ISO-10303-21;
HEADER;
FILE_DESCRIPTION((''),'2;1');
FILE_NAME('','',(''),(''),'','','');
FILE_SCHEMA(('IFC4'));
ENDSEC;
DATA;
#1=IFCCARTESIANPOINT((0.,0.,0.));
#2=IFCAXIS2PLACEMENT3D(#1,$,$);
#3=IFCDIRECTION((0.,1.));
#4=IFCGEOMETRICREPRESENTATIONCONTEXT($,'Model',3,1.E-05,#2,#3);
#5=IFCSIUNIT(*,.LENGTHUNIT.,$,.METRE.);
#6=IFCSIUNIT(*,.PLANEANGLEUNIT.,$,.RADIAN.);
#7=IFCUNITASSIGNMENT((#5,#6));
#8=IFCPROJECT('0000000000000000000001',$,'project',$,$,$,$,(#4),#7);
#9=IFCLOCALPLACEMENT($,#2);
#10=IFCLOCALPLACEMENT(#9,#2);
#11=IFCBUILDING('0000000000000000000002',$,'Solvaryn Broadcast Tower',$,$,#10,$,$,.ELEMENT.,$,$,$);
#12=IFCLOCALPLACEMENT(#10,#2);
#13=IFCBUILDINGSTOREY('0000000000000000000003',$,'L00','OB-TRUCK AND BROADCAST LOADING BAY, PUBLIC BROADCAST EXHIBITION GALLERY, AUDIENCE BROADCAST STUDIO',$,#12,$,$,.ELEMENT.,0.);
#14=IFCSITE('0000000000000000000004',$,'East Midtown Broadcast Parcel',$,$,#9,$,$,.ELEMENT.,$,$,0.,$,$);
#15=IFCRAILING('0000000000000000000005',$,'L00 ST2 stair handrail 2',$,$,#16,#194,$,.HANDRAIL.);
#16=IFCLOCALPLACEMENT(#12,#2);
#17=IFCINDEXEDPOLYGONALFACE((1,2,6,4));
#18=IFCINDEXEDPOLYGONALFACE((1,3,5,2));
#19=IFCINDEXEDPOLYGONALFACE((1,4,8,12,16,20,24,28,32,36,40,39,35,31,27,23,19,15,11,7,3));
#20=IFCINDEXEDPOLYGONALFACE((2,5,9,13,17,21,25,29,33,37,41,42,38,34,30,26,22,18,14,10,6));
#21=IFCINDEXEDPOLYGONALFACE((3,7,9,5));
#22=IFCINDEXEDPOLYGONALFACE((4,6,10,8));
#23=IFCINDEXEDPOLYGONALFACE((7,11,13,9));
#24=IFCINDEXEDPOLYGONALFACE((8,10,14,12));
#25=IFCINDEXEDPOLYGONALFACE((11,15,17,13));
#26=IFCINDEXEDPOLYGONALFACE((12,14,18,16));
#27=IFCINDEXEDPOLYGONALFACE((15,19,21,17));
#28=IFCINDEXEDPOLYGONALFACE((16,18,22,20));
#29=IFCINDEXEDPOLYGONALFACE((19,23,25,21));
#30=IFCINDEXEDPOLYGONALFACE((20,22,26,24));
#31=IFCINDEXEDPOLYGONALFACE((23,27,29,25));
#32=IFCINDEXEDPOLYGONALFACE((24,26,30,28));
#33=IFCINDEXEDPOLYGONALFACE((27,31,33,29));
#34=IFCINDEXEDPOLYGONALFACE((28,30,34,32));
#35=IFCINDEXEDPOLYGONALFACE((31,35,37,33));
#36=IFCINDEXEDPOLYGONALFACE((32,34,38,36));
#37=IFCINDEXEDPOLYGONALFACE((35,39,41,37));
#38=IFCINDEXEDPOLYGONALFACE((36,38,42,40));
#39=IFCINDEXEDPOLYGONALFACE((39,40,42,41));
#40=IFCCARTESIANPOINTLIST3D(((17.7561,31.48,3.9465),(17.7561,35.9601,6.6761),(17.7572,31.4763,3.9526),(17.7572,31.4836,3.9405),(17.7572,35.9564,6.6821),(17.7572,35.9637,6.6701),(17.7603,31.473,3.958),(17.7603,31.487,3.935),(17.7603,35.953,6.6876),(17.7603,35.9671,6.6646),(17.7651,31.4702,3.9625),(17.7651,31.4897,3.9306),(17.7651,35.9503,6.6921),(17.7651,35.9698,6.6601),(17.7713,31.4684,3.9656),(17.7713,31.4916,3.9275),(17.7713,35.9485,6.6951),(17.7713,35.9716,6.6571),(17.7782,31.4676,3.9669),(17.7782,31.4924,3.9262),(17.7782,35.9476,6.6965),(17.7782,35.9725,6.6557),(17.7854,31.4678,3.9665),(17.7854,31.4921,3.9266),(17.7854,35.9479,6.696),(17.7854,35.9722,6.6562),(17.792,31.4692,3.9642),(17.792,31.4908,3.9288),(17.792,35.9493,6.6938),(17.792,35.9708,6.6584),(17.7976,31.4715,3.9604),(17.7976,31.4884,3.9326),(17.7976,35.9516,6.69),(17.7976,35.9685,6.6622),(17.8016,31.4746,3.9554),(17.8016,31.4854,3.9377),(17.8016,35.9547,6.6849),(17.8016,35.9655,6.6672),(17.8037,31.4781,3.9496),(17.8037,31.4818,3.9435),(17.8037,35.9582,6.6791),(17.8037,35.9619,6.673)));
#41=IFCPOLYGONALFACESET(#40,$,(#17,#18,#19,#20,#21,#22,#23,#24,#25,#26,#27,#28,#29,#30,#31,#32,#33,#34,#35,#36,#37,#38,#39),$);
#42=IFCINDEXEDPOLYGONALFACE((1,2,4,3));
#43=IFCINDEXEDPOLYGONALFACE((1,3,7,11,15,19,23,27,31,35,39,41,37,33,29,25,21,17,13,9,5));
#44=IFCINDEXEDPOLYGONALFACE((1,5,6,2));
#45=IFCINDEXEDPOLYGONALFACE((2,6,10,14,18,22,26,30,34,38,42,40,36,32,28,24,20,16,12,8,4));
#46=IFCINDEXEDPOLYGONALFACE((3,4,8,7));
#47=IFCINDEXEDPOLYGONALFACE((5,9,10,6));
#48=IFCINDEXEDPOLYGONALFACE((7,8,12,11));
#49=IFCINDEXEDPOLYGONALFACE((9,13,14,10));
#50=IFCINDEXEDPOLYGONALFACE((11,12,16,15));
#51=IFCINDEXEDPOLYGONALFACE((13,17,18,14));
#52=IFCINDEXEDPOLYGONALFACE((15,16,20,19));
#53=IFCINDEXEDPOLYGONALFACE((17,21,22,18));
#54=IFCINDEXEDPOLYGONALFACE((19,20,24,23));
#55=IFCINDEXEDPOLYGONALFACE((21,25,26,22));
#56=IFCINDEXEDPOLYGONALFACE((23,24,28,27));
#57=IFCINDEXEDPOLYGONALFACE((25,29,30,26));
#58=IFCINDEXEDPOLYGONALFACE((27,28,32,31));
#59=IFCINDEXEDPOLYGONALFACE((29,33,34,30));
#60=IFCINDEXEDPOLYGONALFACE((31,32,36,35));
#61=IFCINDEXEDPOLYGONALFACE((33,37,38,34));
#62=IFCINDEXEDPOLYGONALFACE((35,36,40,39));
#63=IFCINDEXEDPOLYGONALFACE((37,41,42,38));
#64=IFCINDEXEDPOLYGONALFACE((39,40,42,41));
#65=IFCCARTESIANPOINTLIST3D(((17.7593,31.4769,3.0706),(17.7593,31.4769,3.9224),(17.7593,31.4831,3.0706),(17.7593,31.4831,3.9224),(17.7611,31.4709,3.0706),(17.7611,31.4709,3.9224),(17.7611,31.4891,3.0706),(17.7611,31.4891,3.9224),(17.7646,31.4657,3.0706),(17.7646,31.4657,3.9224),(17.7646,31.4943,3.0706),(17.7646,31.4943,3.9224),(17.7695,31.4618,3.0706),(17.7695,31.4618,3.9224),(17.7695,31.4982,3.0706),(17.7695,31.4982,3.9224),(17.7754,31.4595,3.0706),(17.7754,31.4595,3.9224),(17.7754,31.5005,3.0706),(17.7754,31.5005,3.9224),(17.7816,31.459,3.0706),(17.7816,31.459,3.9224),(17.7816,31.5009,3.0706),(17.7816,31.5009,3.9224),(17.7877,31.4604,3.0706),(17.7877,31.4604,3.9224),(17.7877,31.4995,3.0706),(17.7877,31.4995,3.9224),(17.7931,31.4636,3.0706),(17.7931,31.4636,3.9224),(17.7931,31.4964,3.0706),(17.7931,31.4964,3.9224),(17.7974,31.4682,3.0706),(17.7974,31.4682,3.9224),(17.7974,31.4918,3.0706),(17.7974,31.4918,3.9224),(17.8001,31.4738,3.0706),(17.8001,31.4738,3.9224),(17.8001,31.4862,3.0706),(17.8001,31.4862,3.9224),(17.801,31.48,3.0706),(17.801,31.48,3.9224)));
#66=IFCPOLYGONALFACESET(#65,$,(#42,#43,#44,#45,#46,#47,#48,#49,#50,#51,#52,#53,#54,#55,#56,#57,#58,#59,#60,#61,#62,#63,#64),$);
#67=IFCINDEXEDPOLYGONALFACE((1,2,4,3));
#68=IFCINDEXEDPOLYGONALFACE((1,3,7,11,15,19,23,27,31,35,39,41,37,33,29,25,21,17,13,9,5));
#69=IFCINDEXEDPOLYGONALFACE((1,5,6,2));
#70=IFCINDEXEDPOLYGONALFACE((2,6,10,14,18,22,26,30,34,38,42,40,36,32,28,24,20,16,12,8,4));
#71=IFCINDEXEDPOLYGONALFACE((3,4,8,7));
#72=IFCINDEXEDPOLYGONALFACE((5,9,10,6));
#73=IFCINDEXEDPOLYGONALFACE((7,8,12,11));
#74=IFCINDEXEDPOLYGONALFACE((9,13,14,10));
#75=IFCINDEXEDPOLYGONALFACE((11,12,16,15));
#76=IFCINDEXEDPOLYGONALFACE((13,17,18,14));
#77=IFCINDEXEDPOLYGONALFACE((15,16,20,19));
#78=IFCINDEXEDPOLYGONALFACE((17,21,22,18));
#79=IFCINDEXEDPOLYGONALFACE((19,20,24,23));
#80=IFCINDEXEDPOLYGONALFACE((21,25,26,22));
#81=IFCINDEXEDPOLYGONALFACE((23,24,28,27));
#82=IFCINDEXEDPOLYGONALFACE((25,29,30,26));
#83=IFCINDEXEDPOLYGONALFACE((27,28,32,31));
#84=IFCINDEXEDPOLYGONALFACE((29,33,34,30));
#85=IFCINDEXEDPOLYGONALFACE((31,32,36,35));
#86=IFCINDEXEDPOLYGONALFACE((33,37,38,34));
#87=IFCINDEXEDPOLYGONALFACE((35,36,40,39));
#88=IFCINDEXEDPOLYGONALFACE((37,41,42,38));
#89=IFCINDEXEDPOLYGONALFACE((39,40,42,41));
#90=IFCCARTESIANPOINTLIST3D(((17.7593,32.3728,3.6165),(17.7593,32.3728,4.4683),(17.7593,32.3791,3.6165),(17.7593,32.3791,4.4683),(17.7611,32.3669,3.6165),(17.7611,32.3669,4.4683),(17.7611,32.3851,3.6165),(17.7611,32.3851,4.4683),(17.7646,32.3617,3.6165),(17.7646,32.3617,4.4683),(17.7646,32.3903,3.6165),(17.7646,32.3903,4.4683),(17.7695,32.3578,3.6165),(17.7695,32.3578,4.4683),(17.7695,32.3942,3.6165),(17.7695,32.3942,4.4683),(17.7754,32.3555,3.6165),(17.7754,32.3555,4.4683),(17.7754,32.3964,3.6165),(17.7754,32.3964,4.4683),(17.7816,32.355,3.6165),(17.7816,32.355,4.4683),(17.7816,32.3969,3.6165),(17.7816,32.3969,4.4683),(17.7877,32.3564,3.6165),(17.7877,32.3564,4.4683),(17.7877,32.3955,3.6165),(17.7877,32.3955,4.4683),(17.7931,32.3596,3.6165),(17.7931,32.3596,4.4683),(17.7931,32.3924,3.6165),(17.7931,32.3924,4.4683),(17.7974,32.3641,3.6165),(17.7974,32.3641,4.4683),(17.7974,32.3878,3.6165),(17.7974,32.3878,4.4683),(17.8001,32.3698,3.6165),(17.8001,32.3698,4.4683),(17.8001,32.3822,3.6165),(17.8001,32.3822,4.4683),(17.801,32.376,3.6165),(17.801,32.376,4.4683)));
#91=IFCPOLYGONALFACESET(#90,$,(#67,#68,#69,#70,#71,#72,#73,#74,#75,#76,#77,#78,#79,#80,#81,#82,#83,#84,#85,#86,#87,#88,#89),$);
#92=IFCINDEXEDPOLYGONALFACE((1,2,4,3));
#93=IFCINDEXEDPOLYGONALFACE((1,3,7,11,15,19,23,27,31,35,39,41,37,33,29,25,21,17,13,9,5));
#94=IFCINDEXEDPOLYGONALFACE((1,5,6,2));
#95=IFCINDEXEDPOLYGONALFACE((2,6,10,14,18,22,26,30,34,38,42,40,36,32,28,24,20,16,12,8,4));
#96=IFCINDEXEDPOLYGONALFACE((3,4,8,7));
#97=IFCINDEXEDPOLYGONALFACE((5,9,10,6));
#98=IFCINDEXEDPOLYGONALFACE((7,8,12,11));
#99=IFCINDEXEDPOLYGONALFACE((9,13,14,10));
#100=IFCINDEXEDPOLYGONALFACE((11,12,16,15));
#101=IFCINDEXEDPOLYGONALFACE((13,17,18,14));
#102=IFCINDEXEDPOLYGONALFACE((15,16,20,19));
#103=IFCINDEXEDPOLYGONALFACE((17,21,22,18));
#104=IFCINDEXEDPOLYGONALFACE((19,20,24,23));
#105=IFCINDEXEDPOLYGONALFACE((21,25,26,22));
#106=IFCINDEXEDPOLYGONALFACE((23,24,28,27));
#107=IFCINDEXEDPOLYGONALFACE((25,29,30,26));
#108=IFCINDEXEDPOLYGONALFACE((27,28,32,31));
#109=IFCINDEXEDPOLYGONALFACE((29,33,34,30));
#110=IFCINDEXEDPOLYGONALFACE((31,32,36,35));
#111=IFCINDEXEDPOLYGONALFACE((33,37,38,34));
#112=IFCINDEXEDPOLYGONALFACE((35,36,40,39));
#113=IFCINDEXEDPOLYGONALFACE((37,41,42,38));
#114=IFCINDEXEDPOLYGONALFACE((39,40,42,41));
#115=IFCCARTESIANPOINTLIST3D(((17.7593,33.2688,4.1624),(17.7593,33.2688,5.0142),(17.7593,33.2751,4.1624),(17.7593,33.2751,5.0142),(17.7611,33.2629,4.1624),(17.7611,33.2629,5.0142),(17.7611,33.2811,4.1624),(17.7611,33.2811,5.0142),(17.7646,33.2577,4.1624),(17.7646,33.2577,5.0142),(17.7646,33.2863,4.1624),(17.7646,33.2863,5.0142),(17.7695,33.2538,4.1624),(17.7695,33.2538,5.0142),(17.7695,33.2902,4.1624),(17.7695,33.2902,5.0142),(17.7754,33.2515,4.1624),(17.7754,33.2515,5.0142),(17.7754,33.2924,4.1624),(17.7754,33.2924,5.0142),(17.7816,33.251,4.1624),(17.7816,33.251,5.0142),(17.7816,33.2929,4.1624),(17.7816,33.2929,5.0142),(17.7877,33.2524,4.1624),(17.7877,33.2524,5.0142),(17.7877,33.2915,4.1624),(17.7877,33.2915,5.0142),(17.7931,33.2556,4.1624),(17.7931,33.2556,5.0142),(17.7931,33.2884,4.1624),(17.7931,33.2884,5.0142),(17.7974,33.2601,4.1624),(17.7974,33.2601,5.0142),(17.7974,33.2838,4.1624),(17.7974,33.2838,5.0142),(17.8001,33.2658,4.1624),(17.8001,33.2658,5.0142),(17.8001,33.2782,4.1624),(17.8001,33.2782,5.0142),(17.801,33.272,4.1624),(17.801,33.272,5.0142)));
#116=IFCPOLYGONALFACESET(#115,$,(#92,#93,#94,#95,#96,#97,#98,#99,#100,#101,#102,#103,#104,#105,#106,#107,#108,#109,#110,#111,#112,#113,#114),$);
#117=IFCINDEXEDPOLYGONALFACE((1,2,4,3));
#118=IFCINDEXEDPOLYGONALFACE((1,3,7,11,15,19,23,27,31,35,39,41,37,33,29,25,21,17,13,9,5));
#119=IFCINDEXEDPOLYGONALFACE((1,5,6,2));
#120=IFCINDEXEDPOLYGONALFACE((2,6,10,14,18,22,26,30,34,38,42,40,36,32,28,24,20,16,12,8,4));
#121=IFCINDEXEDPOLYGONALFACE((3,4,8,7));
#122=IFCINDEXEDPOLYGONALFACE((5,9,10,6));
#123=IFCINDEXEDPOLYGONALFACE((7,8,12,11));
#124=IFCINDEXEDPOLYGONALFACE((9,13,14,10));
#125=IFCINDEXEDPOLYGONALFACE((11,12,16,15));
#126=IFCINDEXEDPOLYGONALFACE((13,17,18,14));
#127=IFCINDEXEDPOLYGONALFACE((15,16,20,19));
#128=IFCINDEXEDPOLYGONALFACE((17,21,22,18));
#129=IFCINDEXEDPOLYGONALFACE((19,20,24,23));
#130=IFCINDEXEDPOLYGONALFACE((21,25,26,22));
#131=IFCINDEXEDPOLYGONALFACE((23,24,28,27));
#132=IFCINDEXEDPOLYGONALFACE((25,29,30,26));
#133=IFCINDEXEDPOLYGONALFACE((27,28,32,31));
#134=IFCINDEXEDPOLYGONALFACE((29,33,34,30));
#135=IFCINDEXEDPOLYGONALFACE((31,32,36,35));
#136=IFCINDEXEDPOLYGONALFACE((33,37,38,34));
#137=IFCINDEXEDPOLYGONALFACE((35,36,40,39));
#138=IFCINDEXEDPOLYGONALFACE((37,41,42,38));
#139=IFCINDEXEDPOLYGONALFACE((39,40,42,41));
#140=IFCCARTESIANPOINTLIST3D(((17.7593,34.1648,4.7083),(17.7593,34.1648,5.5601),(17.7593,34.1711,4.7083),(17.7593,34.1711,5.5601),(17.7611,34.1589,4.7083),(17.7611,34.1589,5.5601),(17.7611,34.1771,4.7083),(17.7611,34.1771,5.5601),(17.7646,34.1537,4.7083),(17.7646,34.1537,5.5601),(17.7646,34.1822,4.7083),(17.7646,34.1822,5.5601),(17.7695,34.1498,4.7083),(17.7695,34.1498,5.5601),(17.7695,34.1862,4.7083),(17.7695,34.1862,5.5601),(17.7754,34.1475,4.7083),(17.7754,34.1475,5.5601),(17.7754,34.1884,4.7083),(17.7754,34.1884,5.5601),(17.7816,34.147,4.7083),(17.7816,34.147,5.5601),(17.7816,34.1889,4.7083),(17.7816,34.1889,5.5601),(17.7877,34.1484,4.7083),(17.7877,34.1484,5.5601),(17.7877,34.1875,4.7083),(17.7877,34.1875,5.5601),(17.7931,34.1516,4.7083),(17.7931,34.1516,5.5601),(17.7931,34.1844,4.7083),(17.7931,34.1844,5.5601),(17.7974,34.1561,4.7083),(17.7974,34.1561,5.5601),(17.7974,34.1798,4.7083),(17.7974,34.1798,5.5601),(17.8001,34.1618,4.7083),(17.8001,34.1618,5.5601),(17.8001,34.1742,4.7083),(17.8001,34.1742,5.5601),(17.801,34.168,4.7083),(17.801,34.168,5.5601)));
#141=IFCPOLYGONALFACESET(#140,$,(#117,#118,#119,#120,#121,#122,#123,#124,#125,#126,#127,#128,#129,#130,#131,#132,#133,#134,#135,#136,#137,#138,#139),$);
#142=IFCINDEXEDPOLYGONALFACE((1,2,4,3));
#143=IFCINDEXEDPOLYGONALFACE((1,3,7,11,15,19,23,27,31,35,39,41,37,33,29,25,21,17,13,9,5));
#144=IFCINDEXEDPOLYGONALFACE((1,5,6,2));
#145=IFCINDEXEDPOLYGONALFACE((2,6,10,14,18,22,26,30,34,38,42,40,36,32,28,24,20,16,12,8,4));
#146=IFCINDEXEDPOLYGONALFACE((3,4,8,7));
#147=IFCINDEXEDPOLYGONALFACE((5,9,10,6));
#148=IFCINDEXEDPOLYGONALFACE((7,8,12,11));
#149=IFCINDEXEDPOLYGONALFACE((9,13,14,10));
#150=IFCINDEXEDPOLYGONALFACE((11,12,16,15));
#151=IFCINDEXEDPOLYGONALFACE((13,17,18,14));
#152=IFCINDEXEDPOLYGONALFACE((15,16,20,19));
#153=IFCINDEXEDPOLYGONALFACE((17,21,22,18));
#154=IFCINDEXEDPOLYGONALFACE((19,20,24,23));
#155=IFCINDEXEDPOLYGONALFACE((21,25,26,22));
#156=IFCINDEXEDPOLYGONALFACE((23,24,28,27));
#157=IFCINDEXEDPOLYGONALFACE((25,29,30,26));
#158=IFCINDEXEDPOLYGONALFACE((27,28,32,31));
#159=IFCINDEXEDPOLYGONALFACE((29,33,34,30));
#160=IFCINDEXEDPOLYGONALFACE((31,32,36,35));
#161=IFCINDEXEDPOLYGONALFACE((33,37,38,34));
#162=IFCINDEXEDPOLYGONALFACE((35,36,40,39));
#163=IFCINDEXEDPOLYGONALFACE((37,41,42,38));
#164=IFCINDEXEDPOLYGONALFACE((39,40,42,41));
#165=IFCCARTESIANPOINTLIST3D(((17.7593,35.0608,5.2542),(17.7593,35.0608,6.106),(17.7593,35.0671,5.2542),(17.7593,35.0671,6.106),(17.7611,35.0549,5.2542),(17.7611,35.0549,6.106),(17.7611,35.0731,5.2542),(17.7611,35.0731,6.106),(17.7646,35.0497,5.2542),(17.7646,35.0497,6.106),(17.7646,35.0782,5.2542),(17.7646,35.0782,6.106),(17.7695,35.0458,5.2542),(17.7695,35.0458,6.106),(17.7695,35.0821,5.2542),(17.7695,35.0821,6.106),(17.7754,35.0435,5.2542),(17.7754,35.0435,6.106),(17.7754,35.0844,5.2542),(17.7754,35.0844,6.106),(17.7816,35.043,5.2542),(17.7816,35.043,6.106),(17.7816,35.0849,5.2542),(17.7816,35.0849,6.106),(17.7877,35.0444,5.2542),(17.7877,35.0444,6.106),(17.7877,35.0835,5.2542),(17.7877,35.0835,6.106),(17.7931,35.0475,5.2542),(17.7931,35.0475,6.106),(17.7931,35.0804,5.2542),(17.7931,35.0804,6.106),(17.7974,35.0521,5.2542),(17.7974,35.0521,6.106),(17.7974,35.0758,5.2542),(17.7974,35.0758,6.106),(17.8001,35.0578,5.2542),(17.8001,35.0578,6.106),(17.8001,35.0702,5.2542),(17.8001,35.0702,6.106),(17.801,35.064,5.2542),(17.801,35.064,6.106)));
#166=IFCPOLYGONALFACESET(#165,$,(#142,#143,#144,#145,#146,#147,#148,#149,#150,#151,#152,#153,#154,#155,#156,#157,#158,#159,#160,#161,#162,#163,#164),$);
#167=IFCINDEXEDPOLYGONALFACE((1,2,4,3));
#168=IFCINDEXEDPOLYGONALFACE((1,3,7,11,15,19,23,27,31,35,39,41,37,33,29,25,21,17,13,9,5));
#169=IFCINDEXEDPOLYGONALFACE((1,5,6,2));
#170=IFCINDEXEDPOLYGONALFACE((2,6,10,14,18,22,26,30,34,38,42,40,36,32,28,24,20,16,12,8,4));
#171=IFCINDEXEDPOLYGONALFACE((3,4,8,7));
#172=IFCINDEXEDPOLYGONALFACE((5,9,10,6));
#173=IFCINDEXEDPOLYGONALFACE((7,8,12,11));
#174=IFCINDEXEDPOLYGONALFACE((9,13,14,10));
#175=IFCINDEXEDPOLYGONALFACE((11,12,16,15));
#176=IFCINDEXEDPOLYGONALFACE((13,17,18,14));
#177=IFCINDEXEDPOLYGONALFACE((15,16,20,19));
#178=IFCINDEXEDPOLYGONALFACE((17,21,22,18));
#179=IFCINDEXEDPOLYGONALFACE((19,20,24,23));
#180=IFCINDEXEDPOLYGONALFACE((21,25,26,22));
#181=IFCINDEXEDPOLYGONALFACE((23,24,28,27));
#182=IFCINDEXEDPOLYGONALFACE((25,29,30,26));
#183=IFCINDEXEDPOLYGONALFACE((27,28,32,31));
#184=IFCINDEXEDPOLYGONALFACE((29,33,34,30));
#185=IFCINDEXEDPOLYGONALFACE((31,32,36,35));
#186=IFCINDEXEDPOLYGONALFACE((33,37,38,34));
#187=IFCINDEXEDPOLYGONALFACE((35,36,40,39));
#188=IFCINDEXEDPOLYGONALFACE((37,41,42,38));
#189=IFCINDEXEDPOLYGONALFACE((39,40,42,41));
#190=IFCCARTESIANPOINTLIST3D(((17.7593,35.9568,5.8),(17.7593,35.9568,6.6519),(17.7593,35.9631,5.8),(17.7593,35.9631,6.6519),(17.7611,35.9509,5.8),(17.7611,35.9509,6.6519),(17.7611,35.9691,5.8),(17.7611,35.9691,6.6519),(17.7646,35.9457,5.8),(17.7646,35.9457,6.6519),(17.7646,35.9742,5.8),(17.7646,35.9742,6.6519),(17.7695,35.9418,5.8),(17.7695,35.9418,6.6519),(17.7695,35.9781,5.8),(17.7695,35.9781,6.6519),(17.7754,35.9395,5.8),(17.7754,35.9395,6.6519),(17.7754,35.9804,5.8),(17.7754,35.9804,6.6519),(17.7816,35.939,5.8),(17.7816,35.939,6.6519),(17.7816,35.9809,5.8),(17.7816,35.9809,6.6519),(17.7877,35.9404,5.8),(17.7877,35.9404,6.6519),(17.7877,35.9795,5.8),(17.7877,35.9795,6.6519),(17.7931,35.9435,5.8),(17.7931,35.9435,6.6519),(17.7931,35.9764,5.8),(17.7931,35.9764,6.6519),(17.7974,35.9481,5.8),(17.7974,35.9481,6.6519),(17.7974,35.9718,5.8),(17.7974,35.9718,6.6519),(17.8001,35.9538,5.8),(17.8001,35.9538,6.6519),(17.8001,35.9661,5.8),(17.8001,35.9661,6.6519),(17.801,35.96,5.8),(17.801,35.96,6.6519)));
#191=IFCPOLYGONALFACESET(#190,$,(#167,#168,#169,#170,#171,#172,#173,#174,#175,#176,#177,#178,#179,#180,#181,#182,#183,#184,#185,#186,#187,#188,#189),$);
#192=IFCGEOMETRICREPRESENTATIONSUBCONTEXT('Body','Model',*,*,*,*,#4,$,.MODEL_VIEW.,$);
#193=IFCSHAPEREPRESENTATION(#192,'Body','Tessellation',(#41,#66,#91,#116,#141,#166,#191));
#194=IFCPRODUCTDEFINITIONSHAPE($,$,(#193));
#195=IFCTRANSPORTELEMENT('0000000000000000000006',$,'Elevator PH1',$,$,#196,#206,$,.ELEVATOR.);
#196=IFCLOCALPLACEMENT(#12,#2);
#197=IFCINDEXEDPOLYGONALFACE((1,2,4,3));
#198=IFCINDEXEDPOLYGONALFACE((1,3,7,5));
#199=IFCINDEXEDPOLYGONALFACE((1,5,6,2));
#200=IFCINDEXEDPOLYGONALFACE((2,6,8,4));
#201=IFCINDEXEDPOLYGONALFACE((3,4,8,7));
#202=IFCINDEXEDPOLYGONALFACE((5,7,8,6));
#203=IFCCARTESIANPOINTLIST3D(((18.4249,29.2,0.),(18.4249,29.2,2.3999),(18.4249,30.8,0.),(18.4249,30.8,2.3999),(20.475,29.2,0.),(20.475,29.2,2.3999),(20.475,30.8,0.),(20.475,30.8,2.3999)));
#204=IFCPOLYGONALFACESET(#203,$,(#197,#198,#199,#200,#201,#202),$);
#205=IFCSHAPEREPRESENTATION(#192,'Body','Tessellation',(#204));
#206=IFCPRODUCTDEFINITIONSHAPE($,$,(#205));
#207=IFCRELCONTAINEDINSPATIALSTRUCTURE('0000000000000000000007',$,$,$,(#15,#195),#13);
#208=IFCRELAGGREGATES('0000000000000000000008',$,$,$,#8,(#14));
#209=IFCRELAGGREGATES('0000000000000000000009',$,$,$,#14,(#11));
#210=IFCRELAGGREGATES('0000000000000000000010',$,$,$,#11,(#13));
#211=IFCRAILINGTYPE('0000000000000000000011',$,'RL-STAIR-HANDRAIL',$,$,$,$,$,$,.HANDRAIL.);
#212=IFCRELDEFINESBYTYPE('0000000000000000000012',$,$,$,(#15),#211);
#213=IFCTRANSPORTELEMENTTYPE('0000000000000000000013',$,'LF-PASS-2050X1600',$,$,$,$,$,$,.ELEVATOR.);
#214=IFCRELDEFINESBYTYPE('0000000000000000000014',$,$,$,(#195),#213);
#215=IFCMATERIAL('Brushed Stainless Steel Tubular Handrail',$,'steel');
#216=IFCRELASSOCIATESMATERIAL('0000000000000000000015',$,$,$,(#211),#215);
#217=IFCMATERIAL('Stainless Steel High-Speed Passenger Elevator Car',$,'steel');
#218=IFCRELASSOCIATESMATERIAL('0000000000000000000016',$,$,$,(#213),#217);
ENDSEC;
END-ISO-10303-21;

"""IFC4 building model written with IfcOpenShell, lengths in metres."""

from ifc_helpers import new_model, si_unit, direction, frame, origin, origin_2d, place, context, subcontext, project, spatial, rectangle, circle, extrude, material, type_object, element, save


model = new_model("IFC4")

# Units and contexts
model_context = context("Model", 3, precision=1e-05, world=origin(), true_north=direction((0.0, 1.0)))
body_context = subcontext(model_context, "Body", "Model", "MODEL_VIEW")
ifc_project = project(units=[si_unit("LENGTHUNIT", "METRE"), si_unit("PLANEANGLEUNIT", "RADIAN")], contexts=[model_context])

# Site, building, storey
site_placement = place(None, origin())
site = spatial("IfcSite", under=ifc_project, at=site_placement, Name="East Midtown Broadcast Parcel", CompositionType="ELEMENT", RefElevation=0.0)
building_placement = place(site_placement, origin())
building = spatial("IfcBuilding", under=site, at=building_placement, Name="Solvaryn Broadcast Tower", CompositionType="ELEMENT")
storey_placement = place(building_placement, origin())
storey = spatial("IfcBuildingStorey", under=building, at=storey_placement, Name="L00", Description="OB-TRUCK AND BROADCAST LOADING BAY, PUBLIC BROADCAST EXHIBITION GALLERY, AUDIENCE BROADCAST STUDIO", CompositionType="ELEMENT", Elevation=0.0)

# Railing
ifc_material_1 = material(Name="Brushed Stainless Steel Tubular Handrail", Category="steel")
railing_type_1 = type_object("IfcRailingType", Name="RL-STAIR-HANDRAIL", PredefinedType="HANDRAIL", material=ifc_material_1)
for number, where, name in (
    (1, (17.78, 31.48, 3.0706), "L00 ST2 stair handrail 2"),
):
    element("IfcRailing", number, at=place(storey_placement, frame(where)), inside=storey, type_object=railing_type_1, Name=name, PredefinedType="HANDRAIL", context=body_context, shape_type="SweptSolid", body=[
        extrude(circle(Radius=0.0239, at=origin_2d()), frame((0.0, 0.0, 0.876), z_axis=(0.0, 0.853983, 0.520301), x_axis=(-1.0, 0.0, 0.0)), (0.0, 0.0, 1.0), 5.2461),
        extrude(circle(Radius=0.021, at=origin_2d()), origin(), (0.0, 0.0, 1.0), 0.8518),
        extrude(circle(Radius=0.021, at=origin_2d()), frame((0.0, 0.896, 0.5459)), (0.0, 0.0, 1.0), 0.8518),
        extrude(circle(Radius=0.021, at=origin_2d()), frame((0.0, 1.792, 1.0918)), (0.0, 0.0, 1.0), 0.8518),
        extrude(circle(Radius=0.021, at=origin_2d()), frame((0.0, 2.688, 1.6377)), (0.0, 0.0, 1.0), 0.8518),
        extrude(circle(Radius=0.021, at=origin_2d()), frame((0.0, 3.584, 2.1836)), (0.0, 0.0, 1.0), 0.8518),
        extrude(circle(Radius=0.021, at=origin_2d()), frame((0.0, 4.48, 2.7295)), (0.0, 0.0, 1.0), 0.8518),
    ])

# Transport element
ifc_material_2 = material(Name="Stainless Steel High-Speed Passenger Elevator Car", Category="steel")
transport_element_type = type_object("IfcTransportElementType", Name="LF-PASS-2050X1600", PredefinedType="ELEVATOR", material=ifc_material_2)
for number, where, z_axis, x_axis, name in (
    (2, (19.45, 30.0, 0.0), (0.0, 0.0, 1.0), (1.0, 0.0, 0.0), "Elevator PH1"),
):
    element("IfcTransportElement", number, at=place(storey_placement, frame(where, z_axis=z_axis, x_axis=x_axis)), inside=storey, type_object=transport_element_type, Name=name, PredefinedType="ELEVATOR", context=body_context, shape_type="SweptSolid", body=[
        extrude(rectangle(XDim=2.05, YDim=1.6001, at=origin_2d()), origin(), (0.0, 0.0, 1.0), 2.3999),
    ])

save(model, "model.ifc")
